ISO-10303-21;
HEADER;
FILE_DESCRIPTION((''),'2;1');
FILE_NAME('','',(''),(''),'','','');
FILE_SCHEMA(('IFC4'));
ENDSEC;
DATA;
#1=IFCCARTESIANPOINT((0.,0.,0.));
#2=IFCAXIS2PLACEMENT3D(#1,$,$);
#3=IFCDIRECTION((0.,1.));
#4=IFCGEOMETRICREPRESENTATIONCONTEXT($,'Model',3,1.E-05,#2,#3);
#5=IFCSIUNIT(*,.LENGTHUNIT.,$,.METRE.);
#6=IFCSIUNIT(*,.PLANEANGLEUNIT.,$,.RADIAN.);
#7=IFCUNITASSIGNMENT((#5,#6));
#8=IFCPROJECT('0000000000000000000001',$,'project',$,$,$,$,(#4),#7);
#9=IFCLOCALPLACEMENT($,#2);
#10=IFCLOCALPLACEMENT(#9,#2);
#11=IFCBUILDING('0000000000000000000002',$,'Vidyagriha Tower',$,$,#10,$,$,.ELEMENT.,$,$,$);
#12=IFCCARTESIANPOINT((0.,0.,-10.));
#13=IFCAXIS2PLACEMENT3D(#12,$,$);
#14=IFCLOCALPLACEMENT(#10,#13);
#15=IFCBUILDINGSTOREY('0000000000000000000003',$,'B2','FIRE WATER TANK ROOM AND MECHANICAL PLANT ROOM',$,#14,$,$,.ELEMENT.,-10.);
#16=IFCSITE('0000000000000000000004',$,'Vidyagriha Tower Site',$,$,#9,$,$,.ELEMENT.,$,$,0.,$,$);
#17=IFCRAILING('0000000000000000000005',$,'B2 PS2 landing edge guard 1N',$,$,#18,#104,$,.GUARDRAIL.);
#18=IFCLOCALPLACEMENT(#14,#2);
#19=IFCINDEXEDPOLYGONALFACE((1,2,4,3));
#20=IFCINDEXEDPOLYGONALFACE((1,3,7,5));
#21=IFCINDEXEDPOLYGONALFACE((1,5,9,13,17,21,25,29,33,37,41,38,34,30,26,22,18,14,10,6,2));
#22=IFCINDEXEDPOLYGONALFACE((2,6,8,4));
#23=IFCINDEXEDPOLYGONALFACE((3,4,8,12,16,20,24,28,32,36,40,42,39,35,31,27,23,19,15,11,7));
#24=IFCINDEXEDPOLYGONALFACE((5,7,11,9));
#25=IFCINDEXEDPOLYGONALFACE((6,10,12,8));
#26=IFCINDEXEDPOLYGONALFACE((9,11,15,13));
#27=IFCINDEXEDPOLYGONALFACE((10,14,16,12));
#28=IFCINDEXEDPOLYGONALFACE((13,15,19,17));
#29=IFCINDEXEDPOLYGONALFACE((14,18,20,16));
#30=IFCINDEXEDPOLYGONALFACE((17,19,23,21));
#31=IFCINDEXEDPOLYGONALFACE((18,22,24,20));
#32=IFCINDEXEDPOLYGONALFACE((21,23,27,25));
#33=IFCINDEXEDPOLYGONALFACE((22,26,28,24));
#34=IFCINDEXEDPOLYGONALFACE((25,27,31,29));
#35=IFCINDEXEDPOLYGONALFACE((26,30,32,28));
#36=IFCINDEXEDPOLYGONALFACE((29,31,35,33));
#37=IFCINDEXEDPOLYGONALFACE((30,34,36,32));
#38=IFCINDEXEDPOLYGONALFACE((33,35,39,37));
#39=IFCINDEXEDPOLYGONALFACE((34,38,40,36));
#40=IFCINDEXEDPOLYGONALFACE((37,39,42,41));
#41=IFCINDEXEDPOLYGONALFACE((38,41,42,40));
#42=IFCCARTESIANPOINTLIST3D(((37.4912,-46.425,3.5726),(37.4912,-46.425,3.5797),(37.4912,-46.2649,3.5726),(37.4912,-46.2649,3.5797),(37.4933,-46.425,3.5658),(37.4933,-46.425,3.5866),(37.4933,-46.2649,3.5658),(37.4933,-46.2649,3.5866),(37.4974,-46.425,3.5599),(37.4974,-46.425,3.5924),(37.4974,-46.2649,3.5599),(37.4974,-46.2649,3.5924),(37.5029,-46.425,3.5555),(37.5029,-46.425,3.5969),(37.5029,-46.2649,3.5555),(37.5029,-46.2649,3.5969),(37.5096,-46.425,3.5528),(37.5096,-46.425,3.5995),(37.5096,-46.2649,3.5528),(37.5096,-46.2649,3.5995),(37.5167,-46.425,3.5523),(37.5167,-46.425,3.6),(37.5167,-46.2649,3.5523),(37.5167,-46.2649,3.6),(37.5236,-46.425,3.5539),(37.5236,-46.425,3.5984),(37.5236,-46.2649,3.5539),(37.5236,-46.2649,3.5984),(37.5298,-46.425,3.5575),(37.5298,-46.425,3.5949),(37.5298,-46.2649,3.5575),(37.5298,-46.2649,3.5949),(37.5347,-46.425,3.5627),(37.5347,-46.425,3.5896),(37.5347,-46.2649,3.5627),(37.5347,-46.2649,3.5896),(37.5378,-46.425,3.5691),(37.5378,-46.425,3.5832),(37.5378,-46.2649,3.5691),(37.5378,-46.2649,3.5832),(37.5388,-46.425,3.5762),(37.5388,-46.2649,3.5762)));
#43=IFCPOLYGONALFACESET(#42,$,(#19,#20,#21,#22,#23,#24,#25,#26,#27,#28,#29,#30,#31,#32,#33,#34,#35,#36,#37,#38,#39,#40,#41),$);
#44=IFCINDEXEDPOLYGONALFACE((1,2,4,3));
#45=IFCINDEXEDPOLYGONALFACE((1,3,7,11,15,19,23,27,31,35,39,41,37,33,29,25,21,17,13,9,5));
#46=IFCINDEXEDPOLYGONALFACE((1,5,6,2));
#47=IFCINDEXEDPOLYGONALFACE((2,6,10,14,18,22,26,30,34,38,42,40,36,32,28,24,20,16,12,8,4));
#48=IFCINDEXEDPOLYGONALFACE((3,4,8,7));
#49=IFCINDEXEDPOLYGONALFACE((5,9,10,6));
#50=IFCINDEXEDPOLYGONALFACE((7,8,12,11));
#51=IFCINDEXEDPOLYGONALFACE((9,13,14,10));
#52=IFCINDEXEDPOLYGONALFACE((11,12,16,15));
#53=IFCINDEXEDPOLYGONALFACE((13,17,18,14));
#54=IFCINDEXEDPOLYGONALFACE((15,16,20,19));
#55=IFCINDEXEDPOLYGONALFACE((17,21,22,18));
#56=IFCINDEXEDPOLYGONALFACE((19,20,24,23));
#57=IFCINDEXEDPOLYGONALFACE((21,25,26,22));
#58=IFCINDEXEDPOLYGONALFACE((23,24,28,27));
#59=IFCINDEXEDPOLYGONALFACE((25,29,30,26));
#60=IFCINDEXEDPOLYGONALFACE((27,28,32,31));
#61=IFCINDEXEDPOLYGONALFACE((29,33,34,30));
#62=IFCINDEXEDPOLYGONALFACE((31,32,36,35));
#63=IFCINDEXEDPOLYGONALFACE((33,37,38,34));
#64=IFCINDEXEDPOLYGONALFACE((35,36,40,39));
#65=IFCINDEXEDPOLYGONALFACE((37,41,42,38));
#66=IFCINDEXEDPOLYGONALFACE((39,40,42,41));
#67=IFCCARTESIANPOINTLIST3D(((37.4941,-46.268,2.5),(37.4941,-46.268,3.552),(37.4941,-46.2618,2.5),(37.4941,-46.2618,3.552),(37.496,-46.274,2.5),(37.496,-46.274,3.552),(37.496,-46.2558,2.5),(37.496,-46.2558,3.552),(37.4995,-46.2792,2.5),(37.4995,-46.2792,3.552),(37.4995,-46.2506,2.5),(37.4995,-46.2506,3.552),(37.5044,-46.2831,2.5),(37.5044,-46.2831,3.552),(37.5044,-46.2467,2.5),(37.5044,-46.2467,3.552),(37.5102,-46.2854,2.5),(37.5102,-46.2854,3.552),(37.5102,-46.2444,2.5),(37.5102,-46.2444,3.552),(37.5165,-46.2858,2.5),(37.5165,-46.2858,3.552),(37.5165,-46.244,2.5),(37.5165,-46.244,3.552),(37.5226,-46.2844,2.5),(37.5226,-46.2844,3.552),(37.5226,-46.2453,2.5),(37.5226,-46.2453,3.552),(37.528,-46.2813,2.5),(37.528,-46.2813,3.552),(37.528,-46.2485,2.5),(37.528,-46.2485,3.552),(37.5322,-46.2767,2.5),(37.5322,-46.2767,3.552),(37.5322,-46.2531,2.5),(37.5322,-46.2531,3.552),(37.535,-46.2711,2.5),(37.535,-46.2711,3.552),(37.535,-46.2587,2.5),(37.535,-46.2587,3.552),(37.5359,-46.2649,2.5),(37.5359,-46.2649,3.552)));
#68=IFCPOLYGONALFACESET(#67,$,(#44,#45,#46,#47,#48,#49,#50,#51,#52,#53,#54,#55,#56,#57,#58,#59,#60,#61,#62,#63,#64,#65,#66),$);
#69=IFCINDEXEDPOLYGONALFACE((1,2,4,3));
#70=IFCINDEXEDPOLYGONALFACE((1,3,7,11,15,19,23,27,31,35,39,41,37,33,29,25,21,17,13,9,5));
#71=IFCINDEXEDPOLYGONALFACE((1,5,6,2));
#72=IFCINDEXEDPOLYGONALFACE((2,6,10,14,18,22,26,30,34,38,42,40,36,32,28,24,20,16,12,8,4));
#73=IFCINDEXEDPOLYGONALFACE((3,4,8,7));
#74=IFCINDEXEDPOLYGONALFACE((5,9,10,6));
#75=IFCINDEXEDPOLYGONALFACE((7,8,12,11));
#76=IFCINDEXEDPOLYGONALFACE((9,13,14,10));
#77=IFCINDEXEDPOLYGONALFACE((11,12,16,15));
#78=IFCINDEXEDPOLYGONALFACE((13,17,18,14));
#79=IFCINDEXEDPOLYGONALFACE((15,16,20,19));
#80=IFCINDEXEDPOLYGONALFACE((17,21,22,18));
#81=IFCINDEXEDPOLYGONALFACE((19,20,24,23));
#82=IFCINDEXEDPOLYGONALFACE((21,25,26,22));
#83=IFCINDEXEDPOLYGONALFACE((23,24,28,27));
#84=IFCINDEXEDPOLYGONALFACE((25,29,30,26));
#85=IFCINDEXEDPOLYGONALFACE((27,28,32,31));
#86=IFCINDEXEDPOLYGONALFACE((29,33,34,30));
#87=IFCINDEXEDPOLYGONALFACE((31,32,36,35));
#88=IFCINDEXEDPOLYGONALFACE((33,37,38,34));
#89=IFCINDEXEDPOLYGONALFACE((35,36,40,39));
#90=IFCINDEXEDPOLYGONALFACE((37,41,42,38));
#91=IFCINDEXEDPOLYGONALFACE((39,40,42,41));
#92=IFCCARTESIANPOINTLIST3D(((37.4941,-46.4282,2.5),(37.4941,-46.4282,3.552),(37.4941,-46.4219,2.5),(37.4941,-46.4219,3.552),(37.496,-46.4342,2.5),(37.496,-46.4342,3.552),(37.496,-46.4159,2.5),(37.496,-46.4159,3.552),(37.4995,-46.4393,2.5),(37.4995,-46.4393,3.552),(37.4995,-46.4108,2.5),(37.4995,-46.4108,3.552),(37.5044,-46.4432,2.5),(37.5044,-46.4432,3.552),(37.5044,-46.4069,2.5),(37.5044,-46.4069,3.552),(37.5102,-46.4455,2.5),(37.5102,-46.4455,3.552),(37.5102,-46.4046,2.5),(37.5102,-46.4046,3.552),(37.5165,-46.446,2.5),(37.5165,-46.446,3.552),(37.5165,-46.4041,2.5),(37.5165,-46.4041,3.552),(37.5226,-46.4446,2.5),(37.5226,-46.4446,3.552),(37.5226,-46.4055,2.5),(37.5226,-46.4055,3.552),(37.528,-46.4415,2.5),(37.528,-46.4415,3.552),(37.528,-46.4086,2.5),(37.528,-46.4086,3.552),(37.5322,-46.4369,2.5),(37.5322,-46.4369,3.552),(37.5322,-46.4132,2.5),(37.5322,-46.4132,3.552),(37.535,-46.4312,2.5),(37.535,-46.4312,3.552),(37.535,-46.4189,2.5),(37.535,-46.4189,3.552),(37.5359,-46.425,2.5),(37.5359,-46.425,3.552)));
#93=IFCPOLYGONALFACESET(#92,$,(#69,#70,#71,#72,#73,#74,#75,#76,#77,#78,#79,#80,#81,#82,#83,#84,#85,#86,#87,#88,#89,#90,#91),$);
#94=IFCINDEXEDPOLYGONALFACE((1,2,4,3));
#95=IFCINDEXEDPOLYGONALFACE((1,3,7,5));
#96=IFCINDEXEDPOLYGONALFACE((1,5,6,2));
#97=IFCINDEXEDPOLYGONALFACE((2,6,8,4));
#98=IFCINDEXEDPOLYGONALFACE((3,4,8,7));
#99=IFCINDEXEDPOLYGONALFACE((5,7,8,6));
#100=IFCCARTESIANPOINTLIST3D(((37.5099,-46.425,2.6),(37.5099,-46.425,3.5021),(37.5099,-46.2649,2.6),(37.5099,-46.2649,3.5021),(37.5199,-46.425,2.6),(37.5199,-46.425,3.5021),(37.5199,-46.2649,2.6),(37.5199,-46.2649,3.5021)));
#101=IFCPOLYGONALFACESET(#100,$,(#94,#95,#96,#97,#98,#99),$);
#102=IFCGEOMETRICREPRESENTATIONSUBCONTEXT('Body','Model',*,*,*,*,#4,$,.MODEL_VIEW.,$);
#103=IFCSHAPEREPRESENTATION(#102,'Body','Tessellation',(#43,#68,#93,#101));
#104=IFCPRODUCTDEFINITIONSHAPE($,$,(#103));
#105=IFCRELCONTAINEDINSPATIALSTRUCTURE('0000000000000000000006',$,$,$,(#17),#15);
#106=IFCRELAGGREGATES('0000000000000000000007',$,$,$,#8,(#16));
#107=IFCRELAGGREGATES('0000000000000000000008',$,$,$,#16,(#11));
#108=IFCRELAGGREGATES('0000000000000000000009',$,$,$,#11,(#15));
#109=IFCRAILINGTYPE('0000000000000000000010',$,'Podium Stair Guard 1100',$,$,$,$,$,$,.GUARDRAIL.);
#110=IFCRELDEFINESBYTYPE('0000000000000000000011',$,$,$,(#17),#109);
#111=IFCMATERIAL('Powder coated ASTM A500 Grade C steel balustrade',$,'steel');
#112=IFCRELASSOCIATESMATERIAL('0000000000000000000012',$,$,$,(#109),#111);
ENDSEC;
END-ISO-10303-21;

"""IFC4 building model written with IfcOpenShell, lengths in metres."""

from ifc_helpers import new_model, si_unit, direction, frame, origin, origin_2d, place, context, subcontext, project, spatial, rectangle, circle, extrude, material, type_object, element, save


model = new_model("IFC4")

# Units and contexts
model_context = context("Model", 3, precision=1e-05, world=origin(), true_north=direction((0.0, 1.0)))
body_context = subcontext(model_context, "Body", "Model", "MODEL_VIEW")
ifc_project = project(units=[si_unit("LENGTHUNIT", "METRE"), si_unit("PLANEANGLEUNIT", "RADIAN")], contexts=[model_context])

# Site, building, storey
site_placement = place(None, origin())
site = spatial("IfcSite", under=ifc_project, at=site_placement, Name="Vidyagriha Tower Site", CompositionType="ELEMENT", RefElevation=0.0)
building_placement = place(site_placement, origin())
building = spatial("IfcBuilding", under=site, at=building_placement, Name="Vidyagriha Tower", CompositionType="ELEMENT")
storey_placement = place(building_placement, frame((0.0, 0.0, -10.0)))
storey = spatial("IfcBuildingStorey", under=building, at=storey_placement, Name="B2", Description="FIRE WATER TANK ROOM AND MECHANICAL PLANT ROOM", CompositionType="ELEMENT", Elevation=-10.0)

# Railing
ifc_material_1 = material(Name="Powder coated ASTM A500 Grade C steel balustrade", Category="steel")
railing_type_1 = type_object("IfcRailingType", Name="Podium Stair Guard 1100", PredefinedType="GUARDRAIL", material=ifc_material_1)
railing_1_placement = place(storey_placement, frame((37.5149, -46.2649, 2.5)))
element("IfcRailing", 1, at=railing_1_placement, inside=storey, type_object=railing_type_1, Name="B2 PS2 landing edge guard 1N", PredefinedType="GUARDRAIL", context=body_context, shape_type="SweptSolid", body=[
    extrude(circle(Radius=0.0239, at=origin_2d()), frame((0.0, 0.0, 1.0762), z_axis=(0.0, -1.0, 0.0), x_axis=(1.0, 0.0, 0.0)), (0.0, 0.0, 1.0), 0.1602),
    extrude(circle(Radius=0.021, at=origin_2d()), origin(), (0.0, 0.0, 1.0), 1.052),
    extrude(circle(Radius=0.021, at=origin_2d()), frame((0.0, -0.1602, 0.0)), (0.0, 0.0, 1.0), 1.052),
    extrude(rectangle(XDim=0.01, YDim=0.9021, at=origin_2d()), frame((0.0, 0.0, 0.551), z_axis=(0.0, -1.0, 0.0), x_axis=(1.0, 0.0, 0.0)), (0.0, 0.0, 1.0), 0.1602),
])

save(model, "model.ifc")
